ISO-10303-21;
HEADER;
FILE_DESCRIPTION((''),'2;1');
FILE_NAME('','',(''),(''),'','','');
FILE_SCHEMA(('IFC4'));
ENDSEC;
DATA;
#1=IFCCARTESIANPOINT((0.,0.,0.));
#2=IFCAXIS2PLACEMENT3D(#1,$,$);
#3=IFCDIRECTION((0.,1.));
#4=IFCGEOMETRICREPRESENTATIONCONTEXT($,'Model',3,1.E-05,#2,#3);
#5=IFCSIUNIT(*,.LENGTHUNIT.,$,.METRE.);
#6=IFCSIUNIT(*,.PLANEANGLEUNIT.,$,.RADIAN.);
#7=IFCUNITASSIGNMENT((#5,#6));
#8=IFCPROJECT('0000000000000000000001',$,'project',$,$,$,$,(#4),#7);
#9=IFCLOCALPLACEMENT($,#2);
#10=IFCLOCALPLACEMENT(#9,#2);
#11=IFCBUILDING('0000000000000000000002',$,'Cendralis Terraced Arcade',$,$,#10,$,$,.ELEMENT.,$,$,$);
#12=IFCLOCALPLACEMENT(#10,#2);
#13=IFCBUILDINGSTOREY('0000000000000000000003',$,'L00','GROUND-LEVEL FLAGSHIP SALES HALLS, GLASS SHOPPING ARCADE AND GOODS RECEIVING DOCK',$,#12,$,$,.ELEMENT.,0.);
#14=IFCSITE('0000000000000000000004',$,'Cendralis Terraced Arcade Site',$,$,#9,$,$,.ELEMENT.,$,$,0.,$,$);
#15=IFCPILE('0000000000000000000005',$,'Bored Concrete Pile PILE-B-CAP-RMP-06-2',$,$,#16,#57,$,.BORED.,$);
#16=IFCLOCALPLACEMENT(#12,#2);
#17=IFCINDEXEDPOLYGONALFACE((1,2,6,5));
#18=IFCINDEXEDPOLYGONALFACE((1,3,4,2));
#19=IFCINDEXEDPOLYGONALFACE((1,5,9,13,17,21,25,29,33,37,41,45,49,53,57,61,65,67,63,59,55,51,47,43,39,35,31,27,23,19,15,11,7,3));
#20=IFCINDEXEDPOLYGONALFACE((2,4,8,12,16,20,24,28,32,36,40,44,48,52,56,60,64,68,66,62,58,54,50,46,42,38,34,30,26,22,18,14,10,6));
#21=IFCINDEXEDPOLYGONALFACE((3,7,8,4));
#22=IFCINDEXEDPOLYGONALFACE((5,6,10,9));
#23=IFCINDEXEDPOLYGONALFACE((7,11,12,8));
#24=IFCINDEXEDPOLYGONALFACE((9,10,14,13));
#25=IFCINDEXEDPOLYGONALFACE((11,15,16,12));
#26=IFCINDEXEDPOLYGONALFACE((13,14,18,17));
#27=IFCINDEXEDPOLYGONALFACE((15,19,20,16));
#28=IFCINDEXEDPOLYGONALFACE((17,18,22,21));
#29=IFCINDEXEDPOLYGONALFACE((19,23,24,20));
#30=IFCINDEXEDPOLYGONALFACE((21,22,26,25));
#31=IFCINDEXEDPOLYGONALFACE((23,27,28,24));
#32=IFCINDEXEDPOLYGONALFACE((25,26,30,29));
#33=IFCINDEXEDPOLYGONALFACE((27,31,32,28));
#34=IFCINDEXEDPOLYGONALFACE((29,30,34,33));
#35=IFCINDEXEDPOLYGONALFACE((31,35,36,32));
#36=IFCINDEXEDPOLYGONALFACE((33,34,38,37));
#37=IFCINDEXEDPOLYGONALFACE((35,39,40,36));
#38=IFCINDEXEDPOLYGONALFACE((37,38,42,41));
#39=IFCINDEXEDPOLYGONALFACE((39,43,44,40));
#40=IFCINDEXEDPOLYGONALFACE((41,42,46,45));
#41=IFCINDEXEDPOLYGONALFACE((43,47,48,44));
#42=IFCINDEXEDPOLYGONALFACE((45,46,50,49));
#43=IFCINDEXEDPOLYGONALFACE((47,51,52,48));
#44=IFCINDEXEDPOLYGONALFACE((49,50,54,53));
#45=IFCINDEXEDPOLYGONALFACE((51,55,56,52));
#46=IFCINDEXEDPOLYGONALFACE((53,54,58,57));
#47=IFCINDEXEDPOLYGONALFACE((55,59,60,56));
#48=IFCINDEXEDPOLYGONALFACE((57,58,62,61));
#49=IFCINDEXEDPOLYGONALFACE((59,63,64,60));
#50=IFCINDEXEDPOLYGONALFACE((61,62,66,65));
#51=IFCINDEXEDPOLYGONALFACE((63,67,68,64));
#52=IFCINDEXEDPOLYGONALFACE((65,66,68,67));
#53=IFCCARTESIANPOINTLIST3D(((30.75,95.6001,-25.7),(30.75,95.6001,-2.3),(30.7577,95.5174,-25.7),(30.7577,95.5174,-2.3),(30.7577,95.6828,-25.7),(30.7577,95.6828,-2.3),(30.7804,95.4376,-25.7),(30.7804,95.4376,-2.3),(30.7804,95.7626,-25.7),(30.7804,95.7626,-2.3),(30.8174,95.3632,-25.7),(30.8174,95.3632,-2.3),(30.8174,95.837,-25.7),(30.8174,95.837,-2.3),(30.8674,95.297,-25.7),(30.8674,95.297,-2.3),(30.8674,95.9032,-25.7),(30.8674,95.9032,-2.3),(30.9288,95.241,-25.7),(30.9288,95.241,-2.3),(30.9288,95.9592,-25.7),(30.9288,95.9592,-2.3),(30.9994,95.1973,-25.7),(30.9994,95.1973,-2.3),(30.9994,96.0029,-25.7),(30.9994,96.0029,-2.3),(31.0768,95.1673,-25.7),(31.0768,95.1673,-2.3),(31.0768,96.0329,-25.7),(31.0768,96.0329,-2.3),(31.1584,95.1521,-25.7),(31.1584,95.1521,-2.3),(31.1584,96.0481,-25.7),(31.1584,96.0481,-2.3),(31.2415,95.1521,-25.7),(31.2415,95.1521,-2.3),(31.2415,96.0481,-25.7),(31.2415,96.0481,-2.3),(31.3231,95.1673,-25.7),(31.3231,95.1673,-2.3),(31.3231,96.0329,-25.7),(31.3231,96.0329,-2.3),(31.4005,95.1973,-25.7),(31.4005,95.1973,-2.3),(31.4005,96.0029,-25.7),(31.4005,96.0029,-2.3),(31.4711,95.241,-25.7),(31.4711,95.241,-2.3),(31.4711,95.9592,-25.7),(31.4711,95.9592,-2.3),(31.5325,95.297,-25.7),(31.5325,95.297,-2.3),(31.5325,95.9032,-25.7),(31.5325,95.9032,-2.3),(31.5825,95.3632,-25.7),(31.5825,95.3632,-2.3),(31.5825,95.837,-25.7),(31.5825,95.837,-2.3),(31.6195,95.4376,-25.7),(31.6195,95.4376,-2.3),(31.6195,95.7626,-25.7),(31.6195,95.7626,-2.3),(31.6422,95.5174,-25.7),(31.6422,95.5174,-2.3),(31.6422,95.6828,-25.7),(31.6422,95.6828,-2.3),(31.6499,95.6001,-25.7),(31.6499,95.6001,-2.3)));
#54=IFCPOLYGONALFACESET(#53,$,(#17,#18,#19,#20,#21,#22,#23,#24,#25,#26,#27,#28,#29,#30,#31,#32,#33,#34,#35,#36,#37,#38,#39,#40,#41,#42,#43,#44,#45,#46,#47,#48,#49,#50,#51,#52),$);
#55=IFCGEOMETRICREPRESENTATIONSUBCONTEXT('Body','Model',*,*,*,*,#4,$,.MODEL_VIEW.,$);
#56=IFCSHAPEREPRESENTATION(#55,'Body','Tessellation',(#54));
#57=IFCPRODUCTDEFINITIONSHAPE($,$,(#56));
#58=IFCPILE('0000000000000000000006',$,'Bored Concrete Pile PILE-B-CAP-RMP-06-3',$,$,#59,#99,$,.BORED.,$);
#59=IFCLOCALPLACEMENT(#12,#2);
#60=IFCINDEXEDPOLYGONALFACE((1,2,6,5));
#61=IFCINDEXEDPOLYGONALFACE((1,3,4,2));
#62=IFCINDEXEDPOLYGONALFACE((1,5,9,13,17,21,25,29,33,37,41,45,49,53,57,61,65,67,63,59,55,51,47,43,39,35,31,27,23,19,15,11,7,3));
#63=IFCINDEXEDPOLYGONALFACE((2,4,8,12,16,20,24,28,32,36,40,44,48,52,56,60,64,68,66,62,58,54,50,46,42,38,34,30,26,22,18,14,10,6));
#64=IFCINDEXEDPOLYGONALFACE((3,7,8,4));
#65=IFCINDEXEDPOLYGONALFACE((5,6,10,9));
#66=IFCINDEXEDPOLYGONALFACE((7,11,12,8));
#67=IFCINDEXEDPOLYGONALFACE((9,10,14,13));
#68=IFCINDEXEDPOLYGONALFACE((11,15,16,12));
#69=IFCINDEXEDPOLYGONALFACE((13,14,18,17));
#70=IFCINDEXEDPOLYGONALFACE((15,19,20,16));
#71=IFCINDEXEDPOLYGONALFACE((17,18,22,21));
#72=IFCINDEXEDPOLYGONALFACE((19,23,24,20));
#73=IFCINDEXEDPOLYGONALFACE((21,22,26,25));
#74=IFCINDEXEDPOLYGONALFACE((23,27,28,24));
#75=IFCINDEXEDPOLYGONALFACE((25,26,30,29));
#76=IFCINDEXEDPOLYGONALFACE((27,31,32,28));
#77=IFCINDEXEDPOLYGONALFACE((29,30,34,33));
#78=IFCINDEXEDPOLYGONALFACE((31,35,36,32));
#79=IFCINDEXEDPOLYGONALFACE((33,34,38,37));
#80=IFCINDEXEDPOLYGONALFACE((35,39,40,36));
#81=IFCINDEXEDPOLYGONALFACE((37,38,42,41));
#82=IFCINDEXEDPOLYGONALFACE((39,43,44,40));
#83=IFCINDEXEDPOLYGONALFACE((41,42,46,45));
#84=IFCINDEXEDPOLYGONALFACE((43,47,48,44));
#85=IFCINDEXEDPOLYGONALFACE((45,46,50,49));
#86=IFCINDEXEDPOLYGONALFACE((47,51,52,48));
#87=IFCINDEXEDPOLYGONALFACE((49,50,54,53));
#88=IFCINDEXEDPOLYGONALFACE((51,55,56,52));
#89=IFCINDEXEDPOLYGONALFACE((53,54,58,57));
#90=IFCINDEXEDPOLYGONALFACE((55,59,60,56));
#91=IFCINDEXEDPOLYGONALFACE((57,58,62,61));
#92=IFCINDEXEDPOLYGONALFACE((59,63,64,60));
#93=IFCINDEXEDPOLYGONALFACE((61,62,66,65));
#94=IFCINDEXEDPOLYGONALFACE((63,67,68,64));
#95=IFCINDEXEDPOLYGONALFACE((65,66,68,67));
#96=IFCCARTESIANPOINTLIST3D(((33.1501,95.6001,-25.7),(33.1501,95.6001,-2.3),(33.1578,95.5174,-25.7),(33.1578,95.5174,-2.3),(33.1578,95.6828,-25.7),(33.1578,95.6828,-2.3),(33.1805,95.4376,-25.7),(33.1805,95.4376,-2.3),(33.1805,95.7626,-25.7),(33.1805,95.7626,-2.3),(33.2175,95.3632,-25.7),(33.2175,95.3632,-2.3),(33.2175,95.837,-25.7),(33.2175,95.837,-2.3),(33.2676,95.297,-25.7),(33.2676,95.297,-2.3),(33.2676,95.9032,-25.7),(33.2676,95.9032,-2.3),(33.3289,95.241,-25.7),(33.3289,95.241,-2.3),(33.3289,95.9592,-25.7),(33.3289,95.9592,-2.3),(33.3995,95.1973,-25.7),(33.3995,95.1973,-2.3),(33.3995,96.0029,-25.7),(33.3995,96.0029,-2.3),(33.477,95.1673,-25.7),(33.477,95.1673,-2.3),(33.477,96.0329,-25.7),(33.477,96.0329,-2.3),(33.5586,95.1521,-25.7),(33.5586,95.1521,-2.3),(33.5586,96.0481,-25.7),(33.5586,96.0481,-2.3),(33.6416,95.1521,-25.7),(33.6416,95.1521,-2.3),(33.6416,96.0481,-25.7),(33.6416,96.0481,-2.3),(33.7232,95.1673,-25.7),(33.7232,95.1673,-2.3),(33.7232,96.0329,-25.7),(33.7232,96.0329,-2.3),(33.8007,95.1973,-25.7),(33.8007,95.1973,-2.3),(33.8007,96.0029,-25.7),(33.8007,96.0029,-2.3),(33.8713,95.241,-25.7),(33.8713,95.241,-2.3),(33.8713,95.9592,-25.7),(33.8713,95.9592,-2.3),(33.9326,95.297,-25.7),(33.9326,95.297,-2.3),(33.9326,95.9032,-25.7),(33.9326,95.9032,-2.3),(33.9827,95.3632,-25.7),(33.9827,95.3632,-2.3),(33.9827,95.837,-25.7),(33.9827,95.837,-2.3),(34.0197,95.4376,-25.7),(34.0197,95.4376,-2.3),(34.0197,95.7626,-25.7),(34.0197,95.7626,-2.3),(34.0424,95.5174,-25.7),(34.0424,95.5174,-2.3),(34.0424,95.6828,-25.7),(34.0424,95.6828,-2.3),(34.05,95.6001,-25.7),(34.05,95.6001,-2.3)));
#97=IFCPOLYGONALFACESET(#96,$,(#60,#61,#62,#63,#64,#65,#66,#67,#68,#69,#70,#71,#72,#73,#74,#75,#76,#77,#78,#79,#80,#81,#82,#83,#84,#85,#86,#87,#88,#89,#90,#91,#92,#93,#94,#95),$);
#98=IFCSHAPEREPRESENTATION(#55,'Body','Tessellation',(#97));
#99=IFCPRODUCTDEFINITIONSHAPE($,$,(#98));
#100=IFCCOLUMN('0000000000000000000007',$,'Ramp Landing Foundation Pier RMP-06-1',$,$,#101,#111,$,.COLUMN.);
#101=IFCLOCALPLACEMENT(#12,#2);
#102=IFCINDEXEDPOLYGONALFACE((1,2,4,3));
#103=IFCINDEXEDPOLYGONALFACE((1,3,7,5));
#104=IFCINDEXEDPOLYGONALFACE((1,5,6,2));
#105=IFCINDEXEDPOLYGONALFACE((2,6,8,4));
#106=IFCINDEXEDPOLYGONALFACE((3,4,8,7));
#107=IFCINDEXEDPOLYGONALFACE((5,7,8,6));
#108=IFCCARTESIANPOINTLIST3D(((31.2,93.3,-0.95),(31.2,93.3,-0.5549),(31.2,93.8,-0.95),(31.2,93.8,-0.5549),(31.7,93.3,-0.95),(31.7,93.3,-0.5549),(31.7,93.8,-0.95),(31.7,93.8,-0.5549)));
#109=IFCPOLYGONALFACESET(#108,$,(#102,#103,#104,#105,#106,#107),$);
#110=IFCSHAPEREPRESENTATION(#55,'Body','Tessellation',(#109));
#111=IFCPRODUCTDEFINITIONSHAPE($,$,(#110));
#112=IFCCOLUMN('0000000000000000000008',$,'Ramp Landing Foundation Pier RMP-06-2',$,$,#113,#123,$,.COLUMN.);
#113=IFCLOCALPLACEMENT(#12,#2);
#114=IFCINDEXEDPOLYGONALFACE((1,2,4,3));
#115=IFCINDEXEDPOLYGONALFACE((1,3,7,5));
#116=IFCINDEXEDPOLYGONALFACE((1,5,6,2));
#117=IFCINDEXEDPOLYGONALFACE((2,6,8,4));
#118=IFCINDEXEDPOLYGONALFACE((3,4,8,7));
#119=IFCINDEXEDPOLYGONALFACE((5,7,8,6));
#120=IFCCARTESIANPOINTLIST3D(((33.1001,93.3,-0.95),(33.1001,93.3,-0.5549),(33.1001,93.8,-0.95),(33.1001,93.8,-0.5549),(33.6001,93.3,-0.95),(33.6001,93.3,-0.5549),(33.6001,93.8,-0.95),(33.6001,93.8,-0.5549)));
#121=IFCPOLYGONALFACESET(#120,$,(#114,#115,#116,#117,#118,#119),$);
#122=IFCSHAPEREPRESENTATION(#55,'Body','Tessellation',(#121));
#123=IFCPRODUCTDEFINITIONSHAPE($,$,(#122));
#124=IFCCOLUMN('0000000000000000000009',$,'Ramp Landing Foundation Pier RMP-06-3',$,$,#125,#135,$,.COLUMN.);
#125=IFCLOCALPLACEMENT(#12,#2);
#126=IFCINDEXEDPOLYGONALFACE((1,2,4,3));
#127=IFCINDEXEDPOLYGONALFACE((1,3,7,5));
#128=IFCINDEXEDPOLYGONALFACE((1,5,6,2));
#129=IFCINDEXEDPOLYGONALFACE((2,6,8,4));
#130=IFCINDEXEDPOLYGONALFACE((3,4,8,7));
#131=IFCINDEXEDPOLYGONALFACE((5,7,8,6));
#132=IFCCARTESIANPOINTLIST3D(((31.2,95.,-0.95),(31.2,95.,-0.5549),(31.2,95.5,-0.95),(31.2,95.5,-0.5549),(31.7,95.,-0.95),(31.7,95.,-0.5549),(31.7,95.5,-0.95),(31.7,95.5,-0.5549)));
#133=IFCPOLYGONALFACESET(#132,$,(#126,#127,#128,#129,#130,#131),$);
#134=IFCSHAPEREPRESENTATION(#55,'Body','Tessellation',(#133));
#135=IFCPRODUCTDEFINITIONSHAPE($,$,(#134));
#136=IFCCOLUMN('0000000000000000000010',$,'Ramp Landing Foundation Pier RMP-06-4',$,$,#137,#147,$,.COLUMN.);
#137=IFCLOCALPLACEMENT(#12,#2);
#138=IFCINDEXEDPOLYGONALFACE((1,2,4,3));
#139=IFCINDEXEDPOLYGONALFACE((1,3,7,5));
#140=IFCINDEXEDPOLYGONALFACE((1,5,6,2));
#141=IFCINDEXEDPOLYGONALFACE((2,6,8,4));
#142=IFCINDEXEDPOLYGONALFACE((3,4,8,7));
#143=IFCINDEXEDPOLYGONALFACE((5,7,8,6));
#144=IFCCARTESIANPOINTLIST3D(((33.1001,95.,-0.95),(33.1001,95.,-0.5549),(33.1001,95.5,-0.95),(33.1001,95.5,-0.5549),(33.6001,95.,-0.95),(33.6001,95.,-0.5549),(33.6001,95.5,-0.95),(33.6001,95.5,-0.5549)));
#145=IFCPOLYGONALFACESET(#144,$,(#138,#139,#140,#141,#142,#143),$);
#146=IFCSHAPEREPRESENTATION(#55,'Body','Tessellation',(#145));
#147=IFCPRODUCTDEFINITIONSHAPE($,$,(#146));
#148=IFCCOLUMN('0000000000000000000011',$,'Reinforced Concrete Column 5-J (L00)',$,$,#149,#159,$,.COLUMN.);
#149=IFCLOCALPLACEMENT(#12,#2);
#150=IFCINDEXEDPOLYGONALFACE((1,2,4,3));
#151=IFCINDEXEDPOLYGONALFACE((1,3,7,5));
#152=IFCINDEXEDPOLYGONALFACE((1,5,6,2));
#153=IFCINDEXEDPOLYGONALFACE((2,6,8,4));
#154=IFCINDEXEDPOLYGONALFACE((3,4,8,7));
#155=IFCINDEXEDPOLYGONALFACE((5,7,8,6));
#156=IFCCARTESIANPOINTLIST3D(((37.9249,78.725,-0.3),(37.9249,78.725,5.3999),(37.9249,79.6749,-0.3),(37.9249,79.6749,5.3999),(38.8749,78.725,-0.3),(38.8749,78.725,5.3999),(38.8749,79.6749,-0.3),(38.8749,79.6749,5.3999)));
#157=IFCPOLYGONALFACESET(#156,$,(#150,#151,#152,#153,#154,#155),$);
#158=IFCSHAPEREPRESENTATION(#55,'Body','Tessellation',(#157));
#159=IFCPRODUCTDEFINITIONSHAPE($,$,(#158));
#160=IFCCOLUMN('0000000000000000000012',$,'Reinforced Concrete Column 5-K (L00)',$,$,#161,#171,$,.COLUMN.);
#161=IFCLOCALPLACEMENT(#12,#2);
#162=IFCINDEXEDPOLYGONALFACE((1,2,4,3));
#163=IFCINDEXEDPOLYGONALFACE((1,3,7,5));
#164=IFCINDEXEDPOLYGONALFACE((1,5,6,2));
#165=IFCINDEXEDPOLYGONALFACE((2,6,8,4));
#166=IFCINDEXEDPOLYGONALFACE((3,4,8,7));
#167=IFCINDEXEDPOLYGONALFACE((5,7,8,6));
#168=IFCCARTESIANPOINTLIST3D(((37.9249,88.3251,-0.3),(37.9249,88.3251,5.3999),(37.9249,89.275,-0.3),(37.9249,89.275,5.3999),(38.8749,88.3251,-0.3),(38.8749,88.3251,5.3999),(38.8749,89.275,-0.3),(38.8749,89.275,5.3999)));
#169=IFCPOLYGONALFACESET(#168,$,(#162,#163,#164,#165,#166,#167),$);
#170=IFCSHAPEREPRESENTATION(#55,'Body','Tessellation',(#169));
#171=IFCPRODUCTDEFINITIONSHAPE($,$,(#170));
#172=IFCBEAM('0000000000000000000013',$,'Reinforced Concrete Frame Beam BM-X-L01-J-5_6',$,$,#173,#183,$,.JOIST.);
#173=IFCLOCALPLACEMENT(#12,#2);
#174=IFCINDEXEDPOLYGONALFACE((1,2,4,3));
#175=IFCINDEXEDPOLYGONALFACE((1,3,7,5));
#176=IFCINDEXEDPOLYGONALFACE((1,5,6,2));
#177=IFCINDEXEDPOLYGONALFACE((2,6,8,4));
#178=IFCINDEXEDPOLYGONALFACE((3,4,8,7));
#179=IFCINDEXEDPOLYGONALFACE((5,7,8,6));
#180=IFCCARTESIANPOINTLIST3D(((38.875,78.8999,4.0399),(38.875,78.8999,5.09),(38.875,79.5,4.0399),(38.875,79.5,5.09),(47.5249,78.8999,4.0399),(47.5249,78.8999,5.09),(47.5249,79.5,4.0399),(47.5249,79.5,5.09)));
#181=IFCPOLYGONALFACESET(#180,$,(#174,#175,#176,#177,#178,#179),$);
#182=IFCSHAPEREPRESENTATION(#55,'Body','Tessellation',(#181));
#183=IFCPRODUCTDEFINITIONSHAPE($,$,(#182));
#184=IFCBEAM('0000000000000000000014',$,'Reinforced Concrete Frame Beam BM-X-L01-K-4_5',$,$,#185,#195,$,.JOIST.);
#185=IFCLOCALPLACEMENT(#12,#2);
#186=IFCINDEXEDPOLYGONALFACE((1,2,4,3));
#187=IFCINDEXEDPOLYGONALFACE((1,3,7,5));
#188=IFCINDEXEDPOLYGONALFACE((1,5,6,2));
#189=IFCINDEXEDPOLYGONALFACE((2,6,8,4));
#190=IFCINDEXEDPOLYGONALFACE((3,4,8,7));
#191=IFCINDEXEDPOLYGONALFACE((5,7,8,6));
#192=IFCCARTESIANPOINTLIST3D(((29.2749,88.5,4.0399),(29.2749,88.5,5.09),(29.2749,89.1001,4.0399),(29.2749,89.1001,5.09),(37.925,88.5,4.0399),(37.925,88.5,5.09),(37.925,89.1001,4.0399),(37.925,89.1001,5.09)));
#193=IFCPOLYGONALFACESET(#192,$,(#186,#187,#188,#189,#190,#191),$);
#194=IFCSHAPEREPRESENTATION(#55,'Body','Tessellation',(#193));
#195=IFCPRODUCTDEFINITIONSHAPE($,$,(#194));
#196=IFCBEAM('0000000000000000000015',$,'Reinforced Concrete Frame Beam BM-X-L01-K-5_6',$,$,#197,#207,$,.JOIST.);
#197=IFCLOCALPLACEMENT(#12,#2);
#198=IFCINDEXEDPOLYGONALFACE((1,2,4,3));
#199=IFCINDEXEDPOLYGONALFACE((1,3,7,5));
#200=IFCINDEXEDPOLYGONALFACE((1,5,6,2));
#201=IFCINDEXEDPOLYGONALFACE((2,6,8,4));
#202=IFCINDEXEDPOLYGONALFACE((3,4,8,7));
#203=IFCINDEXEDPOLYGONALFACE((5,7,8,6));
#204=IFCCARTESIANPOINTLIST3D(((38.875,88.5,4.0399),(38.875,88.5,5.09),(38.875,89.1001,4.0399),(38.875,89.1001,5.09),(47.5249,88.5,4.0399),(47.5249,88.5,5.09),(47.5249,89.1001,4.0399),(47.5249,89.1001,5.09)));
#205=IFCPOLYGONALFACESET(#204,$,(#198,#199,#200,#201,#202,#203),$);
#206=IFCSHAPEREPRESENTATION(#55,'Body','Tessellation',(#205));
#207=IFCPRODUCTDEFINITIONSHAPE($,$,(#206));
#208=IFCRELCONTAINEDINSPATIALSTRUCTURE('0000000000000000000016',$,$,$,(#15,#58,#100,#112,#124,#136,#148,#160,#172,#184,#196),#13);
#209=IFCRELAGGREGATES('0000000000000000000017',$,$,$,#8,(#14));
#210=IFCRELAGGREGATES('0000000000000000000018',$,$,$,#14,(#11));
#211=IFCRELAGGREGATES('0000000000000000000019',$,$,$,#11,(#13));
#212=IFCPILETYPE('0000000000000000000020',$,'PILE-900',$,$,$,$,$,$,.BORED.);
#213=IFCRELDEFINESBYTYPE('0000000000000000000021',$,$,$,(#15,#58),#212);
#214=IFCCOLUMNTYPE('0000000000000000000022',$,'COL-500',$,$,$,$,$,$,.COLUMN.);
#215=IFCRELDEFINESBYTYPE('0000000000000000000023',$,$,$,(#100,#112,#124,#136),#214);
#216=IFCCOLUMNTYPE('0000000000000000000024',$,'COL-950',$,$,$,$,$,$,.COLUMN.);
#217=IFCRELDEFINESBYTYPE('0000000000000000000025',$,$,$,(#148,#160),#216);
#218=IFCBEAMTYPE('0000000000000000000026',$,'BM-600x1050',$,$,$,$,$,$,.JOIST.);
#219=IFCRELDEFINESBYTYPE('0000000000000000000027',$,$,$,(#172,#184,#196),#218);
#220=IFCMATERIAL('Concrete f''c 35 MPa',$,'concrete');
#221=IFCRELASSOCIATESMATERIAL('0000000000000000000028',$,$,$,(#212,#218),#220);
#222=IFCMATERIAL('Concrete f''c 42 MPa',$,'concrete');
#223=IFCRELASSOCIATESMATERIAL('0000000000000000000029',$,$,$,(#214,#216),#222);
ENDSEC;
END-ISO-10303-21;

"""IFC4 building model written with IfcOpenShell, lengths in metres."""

from ifc_helpers import new_model, si_unit, direction, frame, origin, origin_2d, place, context, subcontext, project, spatial, rectangle, circle, extrude, material, material_profile, profile_set, type_object, element, save


model = new_model("IFC4")

# Units and contexts
model_context = context("Model", 3, precision=1e-05, world=origin(), true_north=direction((0.0, 1.0)))
body_context = subcontext(model_context, "Body", "Model", "MODEL_VIEW")
ifc_project = project(units=[si_unit("LENGTHUNIT", "METRE"), si_unit("PLANEANGLEUNIT", "RADIAN")], contexts=[model_context])

# Site, building, storey
site_placement = place(None, origin())
site = spatial("IfcSite", under=ifc_project, at=site_placement, Name="Cendralis Terraced Arcade Site", CompositionType="ELEMENT", RefElevation=0.0)
building_placement = place(site_placement, origin())
building = spatial("IfcBuilding", under=site, at=building_placement, Name="Cendralis Terraced Arcade", CompositionType="ELEMENT")
storey_placement = place(building_placement, origin())
storey = spatial("IfcBuildingStorey", under=building, at=storey_placement, Name="L00", Description="GROUND-LEVEL FLAGSHIP SALES HALLS, GLASS SHOPPING ARCADE AND GOODS RECEIVING DOCK", CompositionType="ELEMENT", Elevation=0.0)

# Shared definitions
ifc_material_1 = material(Name="Concrete f'c 35 MPa", Category="concrete")

# Piles
ifc_material_profile_1 = material_profile(ifc_material_1, circle(Radius=0.45, at=origin_2d()), Name="PILE-D900", Category="LoadBearing")
ifc_profile_set_1 = profile_set([ifc_material_profile_1], Name="Concrete f'c 35 MPa")
pile_type_1 = type_object("IfcPileType", Name="PILE-900", PredefinedType="BORED", material=ifc_profile_set_1)
for number, where, z_axis, x_axis, name in (
    (1, (31.2, 95.6001, -2.3), (0.0, 0.0, -1.0), (1.0, 0.0, 0.0), "Bored Concrete Pile PILE-B-CAP-RMP-06-2"),
    (2, (33.6001, 95.6001, -2.3), (0.0, 0.0, -1.0), (1.0, 0.0, 0.0), "Bored Concrete Pile PILE-B-CAP-RMP-06-3"),
):
    element("IfcPile", number, at=place(storey_placement, frame(where, z_axis=z_axis, x_axis=x_axis)), inside=storey, type_object=pile_type_1, Name=name, PredefinedType="BORED", context=body_context, shape_type="SweptSolid", body=[
        extrude(circle(Radius=0.45, at=origin_2d()), origin(), (0.0, 0.0, 1.0), 23.3999),
    ])

# Columns
ifc_material_2 = material(Name="Concrete f'c 42 MPa", Category="concrete")
ifc_material_profile_2 = material_profile(ifc_material_2, rectangle(XDim=0.5, YDim=0.5, at=origin_2d()), Name="RC-COL-500x500", Category="LoadBearing")
ifc_profile_set_2 = profile_set([ifc_material_profile_2], Name="Concrete f'c 42 MPa")
column_type_1 = type_object("IfcColumnType", Name="COL-500", PredefinedType="COLUMN", material=ifc_profile_set_2)
for number, where, z_axis, x_axis, name in (
    (3, (31.45, 93.55, -0.95), (0.0, 0.0, 1.0), (1.0, 0.0, 0.0), "Ramp Landing Foundation Pier RMP-06-1"),
    (4, (33.3501, 93.55, -0.95), (0.0, 0.0, 1.0), (1.0, 0.0, 0.0), "Ramp Landing Foundation Pier RMP-06-2"),
    (5, (31.45, 95.25, -0.95), (0.0, 0.0, 1.0), (1.0, 0.0, 0.0), "Ramp Landing Foundation Pier RMP-06-3"),
    (6, (33.3501, 95.25, -0.95), (0.0, 0.0, 1.0), (1.0, 0.0, 0.0), "Ramp Landing Foundation Pier RMP-06-4"),
):
    element("IfcColumn", number, at=place(storey_placement, frame(where, z_axis=z_axis, x_axis=x_axis)), inside=storey, type_object=column_type_1, Name=name, PredefinedType="COLUMN", context=body_context, shape_type="SweptSolid", body=[
        extrude(rectangle(XDim=0.5, YDim=0.5, at=origin_2d()), origin(), (0.0, 0.0, 1.0), 0.395),
    ])
ifc_material_profile_3 = material_profile(ifc_material_2, rectangle(XDim=0.95, YDim=0.95, at=origin_2d()), Name="RC-COL-950x950", Category="LoadBearing")
ifc_profile_set_3 = profile_set([ifc_material_profile_3], Name="Concrete f'c 42 MPa")
column_type_2 = type_object("IfcColumnType", Name="COL-950", PredefinedType="COLUMN", material=ifc_profile_set_3)
for number, where, z_axis, x_axis, name in (
    (7, (38.3999, 79.2, -0.3), (0.0, 0.0, 1.0), (1.0, 0.0, 0.0), "Reinforced Concrete Column 5-J (L00)"),
    (8, (38.3999, 88.8, -0.3), (0.0, 0.0, 1.0), (1.0, 0.0, 0.0), "Reinforced Concrete Column 5-K (L00)"),
):
    element("IfcColumn", number, at=place(storey_placement, frame(where, z_axis=z_axis, x_axis=x_axis)), inside=storey, type_object=column_type_2, Name=name, PredefinedType="COLUMN", context=body_context, shape_type="SweptSolid", body=[
        extrude(rectangle(XDim=0.95, YDim=0.95, at=origin_2d()), origin(), (0.0, 0.0, 1.0), 5.7),
    ])

# Beams
ifc_material_profile_4 = material_profile(ifc_material_1, rectangle(XDim=0.6001, YDim=1.05, at=origin_2d()), Name="RC-BM-600x1050", Category="LoadBearing")
ifc_profile_set_4 = profile_set([ifc_material_profile_4], Name="Concrete f'c 35 MPa")
beam_type = type_object("IfcBeamType", Name="BM-600x1050", PredefinedType="JOIST", material=ifc_profile_set_4)
beam_1_placement = place(storey_placement, frame((38.875, 79.2, 4.5649), z_axis=(1.0, 0.0, 0.0), x_axis=(0.0, 1.0, 0.0)))
element("IfcBeam", 9, at=beam_1_placement, inside=storey, type_object=beam_type, Name="Reinforced Concrete Frame Beam BM-X-L01-J-5_6", PredefinedType="JOIST", context=body_context, shape_type="SweptSolid", body=[
    extrude(rectangle(XDim=0.6001, YDim=1.05, at=origin_2d()), origin(), (0.0, 0.0, 1.0), 8.6499),
])
beam_2_placement = place(storey_placement, frame((29.2749, 88.8, 4.5649), z_axis=(1.0, 0.0, 0.0), x_axis=(0.0, 1.0, 0.0)))
element("IfcBeam", 10, at=beam_2_placement, inside=storey, type_object=beam_type, Name="Reinforced Concrete Frame Beam BM-X-L01-K-4_5", PredefinedType="JOIST", context=body_context, shape_type="SweptSolid", body=[
    extrude(rectangle(XDim=0.6001, YDim=1.05, at=origin_2d()), origin(), (0.0, 0.0, 1.0), 8.6501),
])
for number, where, z_axis, x_axis, name in (
    (11, (38.875, 88.8, 4.5649), (1.0, 0.0, 0.0), (0.0, 1.0, 0.0), "Reinforced Concrete Frame Beam BM-X-L01-K-5_6"),
):
    element("IfcBeam", number, at=place(storey_placement, frame(where, z_axis=z_axis, x_axis=x_axis)), inside=storey, type_object=beam_type, Name=name, PredefinedType="JOIST", context=body_context, shape_type="SweptSolid", body=[
        extrude(rectangle(XDim=0.6001, YDim=1.05, at=origin_2d()), origin(), (0.0, 0.0, 1.0), 8.6499),
    ])

save(model, "model.ifc")
